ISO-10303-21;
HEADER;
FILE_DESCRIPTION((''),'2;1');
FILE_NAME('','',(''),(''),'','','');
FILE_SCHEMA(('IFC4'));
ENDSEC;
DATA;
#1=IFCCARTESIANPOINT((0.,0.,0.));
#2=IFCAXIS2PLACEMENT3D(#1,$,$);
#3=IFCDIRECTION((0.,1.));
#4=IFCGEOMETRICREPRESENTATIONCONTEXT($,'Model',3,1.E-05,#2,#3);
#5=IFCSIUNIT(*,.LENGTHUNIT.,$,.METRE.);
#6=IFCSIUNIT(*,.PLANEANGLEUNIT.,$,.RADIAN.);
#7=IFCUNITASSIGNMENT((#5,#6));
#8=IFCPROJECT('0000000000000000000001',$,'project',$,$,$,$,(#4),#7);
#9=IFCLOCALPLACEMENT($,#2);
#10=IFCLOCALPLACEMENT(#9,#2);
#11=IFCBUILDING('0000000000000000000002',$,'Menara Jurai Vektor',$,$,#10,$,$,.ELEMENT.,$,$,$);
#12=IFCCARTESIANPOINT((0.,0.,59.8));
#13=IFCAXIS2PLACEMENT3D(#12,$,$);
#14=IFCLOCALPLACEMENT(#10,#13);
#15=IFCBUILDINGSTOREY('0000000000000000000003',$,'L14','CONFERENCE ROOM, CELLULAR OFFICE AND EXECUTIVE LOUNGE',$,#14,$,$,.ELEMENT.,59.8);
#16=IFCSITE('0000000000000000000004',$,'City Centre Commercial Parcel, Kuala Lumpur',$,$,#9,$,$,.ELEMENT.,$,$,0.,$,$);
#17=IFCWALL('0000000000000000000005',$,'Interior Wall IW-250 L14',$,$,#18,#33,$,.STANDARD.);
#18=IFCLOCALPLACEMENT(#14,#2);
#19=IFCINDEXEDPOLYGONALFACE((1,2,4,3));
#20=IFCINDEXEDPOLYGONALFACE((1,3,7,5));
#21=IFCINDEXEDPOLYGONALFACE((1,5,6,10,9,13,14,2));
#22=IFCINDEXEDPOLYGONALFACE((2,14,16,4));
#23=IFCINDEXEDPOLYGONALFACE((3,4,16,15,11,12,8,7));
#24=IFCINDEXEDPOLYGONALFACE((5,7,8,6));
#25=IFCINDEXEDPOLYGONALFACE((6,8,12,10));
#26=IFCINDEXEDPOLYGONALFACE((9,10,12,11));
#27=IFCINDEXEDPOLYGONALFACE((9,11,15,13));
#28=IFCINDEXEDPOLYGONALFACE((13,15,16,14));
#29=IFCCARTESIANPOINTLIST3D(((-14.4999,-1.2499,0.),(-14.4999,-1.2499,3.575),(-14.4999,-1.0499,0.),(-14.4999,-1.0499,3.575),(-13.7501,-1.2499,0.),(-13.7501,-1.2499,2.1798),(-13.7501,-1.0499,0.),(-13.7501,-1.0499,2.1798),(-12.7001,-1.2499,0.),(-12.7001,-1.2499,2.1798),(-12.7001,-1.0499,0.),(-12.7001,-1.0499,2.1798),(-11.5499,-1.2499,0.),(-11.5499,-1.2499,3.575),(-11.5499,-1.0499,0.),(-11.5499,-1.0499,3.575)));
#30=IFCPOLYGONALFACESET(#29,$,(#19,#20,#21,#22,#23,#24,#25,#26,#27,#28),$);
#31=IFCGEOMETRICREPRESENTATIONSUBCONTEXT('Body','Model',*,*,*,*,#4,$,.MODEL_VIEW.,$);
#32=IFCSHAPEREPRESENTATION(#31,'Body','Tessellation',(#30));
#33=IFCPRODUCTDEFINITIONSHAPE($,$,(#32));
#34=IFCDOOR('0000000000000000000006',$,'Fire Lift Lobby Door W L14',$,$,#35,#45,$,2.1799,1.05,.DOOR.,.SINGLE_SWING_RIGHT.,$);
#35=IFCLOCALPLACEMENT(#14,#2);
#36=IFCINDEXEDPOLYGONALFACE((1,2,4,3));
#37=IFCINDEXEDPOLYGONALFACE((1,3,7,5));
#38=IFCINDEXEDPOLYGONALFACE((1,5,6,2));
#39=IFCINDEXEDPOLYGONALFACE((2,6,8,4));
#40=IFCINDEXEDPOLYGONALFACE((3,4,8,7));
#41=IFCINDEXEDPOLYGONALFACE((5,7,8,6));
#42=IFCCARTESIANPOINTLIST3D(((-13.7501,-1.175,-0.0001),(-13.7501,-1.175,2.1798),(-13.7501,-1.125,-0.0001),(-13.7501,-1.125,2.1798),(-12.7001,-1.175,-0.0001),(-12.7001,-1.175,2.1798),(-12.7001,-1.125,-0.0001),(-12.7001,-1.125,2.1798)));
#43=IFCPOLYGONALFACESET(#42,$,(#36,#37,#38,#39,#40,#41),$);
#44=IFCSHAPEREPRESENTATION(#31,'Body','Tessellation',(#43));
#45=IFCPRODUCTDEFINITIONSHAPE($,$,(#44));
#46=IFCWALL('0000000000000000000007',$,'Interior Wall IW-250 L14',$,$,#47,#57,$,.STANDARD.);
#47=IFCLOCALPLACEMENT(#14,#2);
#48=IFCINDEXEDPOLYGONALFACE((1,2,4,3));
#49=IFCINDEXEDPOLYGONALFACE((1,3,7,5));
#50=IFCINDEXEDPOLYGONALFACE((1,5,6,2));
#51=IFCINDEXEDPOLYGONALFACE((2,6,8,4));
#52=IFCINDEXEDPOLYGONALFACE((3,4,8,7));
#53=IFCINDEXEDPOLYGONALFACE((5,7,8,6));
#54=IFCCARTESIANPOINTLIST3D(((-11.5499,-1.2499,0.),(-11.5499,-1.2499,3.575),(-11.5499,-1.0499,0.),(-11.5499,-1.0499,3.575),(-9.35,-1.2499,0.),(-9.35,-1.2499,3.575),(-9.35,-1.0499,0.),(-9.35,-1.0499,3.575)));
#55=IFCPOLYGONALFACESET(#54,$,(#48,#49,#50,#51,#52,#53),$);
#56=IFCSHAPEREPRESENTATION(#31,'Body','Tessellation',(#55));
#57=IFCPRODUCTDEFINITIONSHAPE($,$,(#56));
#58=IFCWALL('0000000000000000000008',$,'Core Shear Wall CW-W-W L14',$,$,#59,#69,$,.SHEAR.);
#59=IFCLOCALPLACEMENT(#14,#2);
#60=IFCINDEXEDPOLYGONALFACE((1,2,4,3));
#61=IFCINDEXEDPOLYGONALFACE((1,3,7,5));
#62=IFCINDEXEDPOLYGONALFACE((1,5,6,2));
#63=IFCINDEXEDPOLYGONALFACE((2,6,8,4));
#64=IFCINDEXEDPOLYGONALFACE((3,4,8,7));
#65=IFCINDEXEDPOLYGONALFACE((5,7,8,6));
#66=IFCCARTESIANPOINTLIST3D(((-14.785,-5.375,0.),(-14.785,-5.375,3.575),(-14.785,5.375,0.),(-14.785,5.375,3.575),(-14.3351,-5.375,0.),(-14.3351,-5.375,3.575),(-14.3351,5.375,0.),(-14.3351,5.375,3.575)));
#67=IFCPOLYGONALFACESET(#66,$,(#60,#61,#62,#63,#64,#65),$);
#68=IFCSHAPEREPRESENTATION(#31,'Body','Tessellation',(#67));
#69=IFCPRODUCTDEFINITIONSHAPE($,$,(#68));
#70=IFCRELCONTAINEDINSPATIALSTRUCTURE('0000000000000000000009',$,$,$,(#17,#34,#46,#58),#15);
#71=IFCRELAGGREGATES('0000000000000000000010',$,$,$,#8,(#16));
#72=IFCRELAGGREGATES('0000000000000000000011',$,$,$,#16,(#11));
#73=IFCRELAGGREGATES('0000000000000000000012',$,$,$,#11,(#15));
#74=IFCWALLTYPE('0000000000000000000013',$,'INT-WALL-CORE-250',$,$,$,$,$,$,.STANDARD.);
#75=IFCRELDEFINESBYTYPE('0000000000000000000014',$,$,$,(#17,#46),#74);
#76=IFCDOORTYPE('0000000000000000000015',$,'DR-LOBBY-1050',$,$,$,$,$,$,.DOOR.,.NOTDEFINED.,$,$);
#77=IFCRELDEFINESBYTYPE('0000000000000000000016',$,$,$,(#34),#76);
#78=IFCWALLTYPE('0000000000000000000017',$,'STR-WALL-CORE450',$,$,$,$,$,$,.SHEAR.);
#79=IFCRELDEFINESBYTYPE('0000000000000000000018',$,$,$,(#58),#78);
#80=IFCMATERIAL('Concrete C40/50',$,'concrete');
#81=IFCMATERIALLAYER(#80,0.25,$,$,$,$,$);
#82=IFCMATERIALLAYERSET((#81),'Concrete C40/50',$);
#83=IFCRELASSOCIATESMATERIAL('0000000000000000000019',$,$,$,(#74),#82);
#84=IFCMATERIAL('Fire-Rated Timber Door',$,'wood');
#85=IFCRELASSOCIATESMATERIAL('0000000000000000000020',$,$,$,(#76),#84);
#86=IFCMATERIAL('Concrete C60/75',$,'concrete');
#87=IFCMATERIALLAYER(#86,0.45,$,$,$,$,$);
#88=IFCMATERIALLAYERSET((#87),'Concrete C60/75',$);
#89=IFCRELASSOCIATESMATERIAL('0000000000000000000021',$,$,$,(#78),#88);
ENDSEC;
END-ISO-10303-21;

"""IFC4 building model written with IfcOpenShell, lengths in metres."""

from ifc_helpers import new_model, si_unit, direction, frame, frame_2d, origin, place, context, subcontext, project, spatial, rectangle, extrude, material, layer, layer_set, type_object, element, fill, save


model = new_model("IFC4")

# Units and contexts
model_context = context("Model", 3, precision=1e-05, world=origin(), true_north=direction((0.0, 1.0)))
body_context = subcontext(model_context, "Body", "Model", "MODEL_VIEW")
ifc_project = project(units=[si_unit("LENGTHUNIT", "METRE"), si_unit("PLANEANGLEUNIT", "RADIAN")], contexts=[model_context])

# Site, building, storey
site_placement = place(None, origin())
site = spatial("IfcSite", under=ifc_project, at=site_placement, Name="City Centre Commercial Parcel, Kuala Lumpur", CompositionType="ELEMENT", RefElevation=0.0)
building_placement = place(site_placement, origin())
building = spatial("IfcBuilding", under=site, at=building_placement, Name="Menara Jurai Vektor", CompositionType="ELEMENT")
storey_placement = place(building_placement, frame((0.0, 0.0, 59.8)))
storey = spatial("IfcBuildingStorey", under=building, at=storey_placement, Name="L14", Description="CONFERENCE ROOM, CELLULAR OFFICE AND EXECUTIVE LOUNGE", CompositionType="ELEMENT", Elevation=59.8)

# Shared definitions
ifc_material_1 = material(Name="Concrete C60/75", Category="concrete")

# Wall, opening, door
ifc_material_2 = material(Name="Concrete C40/50", Category="concrete")
ifc_layer_1 = layer(ifc_material_2, 0.25)
ifc_layer_set_1 = layer_set([ifc_layer_1], Name="Concrete C40/50")
wall_type_1 = type_object("IfcWallType", Name="INT-WALL-CORE-250", PredefinedType="STANDARD", material=ifc_layer_set_1)
wall_1_placement = place(storey_placement, frame((-14.5, -1.1499, 0.0), z_axis=(0.0, 0.0, 1.0), x_axis=(1.0, 0.0, 0.0)))
wall_1 = element("IfcWall", 1, at=wall_1_placement, inside=storey, type_object=wall_type_1, Name="Interior Wall IW-250 L14", PredefinedType="STANDARD", context=body_context, shape_type="SweptSolid", body=[
    extrude(rectangle(XDim=2.95, YDim=0.2, at=frame_2d((1.4751, 0.0))), origin(), (0.0, 0.0, 1.0), 3.575),
])
opening_1_placement = place(wall_1_placement, frame((0.75, 0.0, 0.0)))
opening_1 = element("IfcOpeningElement", 2, at=opening_1_placement, cuts=wall_1, PredefinedType="OPENING", context=body_context, shape_type="SweptSolid", body=[
    extrude(rectangle(XDim=1.05, YDim=2.1799, at=frame_2d((0.5249, 1.0898))), frame((0.0, 0.1099, 0.0), z_axis=(0.0, -1.0, 0.0), x_axis=(1.0, 0.0, 0.0)), (0.0, 0.0, 1.0), 0.22),
])
ifc_material_3 = material(Name="Fire-Rated Timber Door", Category="wood")
door_type_1 = type_object("IfcDoorType", Name="DR-LOBBY-1050", OperationType="NOTDEFINED", PredefinedType="DOOR", material=ifc_material_3)
door_1_placement = place(opening_1_placement, origin())
door_1 = element("IfcDoor", 3, at=door_1_placement, inside=storey, type_object=door_type_1, Name="Fire Lift Lobby Door W L14", OperationType="SINGLE_SWING_RIGHT", OverallHeight=2.1799, OverallWidth=1.05, PredefinedType="DOOR", context=body_context, shape_type="SweptSolid", body=[
    extrude(rectangle(XDim=1.05, YDim=2.1799, at=frame_2d((0.5249, 1.0898))), frame((0.0, 0.0249, 0.0), z_axis=(0.0, -1.0, 0.0), x_axis=(1.0, 0.0, 0.0)), (0.0, 0.0, 1.0), 0.05),
])
fill(opening_1, door_1)

# Wall
wall_2_placement = place(storey_placement, frame((-11.55, -1.1499, 0.0), z_axis=(0.0, 0.0, 1.0), x_axis=(1.0, 0.0, 0.0)))
element("IfcWall", 4, at=wall_2_placement, inside=storey, type_object=wall_type_1, Name="Interior Wall IW-250 L14", PredefinedType="STANDARD", context=body_context, shape_type="SweptSolid", body=[
    extrude(rectangle(XDim=2.2, YDim=0.2, at=frame_2d((1.1001, 0.0))), origin(), (0.0, 0.0, 1.0), 3.575),
])

# Wall
ifc_layer_2 = layer(ifc_material_1, 0.45)
ifc_layer_set_2 = layer_set([ifc_layer_2], Name="Concrete C60/75")
wall_type_2 = type_object("IfcWallType", Name="STR-WALL-CORE450", PredefinedType="SHEAR", material=ifc_layer_set_2)
wall_3_placement = place(storey_placement, frame((-14.5601, -5.375, 0.0), z_axis=(0.0, 0.0, 1.0), x_axis=(0.0, 1.0, 0.0)))
element("IfcWall", 5, at=wall_3_placement, inside=storey, type_object=wall_type_2, Name="Core Shear Wall CW-W-W L14", PredefinedType="SHEAR", context=body_context, shape_type="SweptSolid", body=[
    extrude(rectangle(XDim=10.75, YDim=0.45, at=frame_2d((5.375, 0.0))), origin(), (0.0, 0.0, 1.0), 3.575),
])

save(model, "model.ifc")
